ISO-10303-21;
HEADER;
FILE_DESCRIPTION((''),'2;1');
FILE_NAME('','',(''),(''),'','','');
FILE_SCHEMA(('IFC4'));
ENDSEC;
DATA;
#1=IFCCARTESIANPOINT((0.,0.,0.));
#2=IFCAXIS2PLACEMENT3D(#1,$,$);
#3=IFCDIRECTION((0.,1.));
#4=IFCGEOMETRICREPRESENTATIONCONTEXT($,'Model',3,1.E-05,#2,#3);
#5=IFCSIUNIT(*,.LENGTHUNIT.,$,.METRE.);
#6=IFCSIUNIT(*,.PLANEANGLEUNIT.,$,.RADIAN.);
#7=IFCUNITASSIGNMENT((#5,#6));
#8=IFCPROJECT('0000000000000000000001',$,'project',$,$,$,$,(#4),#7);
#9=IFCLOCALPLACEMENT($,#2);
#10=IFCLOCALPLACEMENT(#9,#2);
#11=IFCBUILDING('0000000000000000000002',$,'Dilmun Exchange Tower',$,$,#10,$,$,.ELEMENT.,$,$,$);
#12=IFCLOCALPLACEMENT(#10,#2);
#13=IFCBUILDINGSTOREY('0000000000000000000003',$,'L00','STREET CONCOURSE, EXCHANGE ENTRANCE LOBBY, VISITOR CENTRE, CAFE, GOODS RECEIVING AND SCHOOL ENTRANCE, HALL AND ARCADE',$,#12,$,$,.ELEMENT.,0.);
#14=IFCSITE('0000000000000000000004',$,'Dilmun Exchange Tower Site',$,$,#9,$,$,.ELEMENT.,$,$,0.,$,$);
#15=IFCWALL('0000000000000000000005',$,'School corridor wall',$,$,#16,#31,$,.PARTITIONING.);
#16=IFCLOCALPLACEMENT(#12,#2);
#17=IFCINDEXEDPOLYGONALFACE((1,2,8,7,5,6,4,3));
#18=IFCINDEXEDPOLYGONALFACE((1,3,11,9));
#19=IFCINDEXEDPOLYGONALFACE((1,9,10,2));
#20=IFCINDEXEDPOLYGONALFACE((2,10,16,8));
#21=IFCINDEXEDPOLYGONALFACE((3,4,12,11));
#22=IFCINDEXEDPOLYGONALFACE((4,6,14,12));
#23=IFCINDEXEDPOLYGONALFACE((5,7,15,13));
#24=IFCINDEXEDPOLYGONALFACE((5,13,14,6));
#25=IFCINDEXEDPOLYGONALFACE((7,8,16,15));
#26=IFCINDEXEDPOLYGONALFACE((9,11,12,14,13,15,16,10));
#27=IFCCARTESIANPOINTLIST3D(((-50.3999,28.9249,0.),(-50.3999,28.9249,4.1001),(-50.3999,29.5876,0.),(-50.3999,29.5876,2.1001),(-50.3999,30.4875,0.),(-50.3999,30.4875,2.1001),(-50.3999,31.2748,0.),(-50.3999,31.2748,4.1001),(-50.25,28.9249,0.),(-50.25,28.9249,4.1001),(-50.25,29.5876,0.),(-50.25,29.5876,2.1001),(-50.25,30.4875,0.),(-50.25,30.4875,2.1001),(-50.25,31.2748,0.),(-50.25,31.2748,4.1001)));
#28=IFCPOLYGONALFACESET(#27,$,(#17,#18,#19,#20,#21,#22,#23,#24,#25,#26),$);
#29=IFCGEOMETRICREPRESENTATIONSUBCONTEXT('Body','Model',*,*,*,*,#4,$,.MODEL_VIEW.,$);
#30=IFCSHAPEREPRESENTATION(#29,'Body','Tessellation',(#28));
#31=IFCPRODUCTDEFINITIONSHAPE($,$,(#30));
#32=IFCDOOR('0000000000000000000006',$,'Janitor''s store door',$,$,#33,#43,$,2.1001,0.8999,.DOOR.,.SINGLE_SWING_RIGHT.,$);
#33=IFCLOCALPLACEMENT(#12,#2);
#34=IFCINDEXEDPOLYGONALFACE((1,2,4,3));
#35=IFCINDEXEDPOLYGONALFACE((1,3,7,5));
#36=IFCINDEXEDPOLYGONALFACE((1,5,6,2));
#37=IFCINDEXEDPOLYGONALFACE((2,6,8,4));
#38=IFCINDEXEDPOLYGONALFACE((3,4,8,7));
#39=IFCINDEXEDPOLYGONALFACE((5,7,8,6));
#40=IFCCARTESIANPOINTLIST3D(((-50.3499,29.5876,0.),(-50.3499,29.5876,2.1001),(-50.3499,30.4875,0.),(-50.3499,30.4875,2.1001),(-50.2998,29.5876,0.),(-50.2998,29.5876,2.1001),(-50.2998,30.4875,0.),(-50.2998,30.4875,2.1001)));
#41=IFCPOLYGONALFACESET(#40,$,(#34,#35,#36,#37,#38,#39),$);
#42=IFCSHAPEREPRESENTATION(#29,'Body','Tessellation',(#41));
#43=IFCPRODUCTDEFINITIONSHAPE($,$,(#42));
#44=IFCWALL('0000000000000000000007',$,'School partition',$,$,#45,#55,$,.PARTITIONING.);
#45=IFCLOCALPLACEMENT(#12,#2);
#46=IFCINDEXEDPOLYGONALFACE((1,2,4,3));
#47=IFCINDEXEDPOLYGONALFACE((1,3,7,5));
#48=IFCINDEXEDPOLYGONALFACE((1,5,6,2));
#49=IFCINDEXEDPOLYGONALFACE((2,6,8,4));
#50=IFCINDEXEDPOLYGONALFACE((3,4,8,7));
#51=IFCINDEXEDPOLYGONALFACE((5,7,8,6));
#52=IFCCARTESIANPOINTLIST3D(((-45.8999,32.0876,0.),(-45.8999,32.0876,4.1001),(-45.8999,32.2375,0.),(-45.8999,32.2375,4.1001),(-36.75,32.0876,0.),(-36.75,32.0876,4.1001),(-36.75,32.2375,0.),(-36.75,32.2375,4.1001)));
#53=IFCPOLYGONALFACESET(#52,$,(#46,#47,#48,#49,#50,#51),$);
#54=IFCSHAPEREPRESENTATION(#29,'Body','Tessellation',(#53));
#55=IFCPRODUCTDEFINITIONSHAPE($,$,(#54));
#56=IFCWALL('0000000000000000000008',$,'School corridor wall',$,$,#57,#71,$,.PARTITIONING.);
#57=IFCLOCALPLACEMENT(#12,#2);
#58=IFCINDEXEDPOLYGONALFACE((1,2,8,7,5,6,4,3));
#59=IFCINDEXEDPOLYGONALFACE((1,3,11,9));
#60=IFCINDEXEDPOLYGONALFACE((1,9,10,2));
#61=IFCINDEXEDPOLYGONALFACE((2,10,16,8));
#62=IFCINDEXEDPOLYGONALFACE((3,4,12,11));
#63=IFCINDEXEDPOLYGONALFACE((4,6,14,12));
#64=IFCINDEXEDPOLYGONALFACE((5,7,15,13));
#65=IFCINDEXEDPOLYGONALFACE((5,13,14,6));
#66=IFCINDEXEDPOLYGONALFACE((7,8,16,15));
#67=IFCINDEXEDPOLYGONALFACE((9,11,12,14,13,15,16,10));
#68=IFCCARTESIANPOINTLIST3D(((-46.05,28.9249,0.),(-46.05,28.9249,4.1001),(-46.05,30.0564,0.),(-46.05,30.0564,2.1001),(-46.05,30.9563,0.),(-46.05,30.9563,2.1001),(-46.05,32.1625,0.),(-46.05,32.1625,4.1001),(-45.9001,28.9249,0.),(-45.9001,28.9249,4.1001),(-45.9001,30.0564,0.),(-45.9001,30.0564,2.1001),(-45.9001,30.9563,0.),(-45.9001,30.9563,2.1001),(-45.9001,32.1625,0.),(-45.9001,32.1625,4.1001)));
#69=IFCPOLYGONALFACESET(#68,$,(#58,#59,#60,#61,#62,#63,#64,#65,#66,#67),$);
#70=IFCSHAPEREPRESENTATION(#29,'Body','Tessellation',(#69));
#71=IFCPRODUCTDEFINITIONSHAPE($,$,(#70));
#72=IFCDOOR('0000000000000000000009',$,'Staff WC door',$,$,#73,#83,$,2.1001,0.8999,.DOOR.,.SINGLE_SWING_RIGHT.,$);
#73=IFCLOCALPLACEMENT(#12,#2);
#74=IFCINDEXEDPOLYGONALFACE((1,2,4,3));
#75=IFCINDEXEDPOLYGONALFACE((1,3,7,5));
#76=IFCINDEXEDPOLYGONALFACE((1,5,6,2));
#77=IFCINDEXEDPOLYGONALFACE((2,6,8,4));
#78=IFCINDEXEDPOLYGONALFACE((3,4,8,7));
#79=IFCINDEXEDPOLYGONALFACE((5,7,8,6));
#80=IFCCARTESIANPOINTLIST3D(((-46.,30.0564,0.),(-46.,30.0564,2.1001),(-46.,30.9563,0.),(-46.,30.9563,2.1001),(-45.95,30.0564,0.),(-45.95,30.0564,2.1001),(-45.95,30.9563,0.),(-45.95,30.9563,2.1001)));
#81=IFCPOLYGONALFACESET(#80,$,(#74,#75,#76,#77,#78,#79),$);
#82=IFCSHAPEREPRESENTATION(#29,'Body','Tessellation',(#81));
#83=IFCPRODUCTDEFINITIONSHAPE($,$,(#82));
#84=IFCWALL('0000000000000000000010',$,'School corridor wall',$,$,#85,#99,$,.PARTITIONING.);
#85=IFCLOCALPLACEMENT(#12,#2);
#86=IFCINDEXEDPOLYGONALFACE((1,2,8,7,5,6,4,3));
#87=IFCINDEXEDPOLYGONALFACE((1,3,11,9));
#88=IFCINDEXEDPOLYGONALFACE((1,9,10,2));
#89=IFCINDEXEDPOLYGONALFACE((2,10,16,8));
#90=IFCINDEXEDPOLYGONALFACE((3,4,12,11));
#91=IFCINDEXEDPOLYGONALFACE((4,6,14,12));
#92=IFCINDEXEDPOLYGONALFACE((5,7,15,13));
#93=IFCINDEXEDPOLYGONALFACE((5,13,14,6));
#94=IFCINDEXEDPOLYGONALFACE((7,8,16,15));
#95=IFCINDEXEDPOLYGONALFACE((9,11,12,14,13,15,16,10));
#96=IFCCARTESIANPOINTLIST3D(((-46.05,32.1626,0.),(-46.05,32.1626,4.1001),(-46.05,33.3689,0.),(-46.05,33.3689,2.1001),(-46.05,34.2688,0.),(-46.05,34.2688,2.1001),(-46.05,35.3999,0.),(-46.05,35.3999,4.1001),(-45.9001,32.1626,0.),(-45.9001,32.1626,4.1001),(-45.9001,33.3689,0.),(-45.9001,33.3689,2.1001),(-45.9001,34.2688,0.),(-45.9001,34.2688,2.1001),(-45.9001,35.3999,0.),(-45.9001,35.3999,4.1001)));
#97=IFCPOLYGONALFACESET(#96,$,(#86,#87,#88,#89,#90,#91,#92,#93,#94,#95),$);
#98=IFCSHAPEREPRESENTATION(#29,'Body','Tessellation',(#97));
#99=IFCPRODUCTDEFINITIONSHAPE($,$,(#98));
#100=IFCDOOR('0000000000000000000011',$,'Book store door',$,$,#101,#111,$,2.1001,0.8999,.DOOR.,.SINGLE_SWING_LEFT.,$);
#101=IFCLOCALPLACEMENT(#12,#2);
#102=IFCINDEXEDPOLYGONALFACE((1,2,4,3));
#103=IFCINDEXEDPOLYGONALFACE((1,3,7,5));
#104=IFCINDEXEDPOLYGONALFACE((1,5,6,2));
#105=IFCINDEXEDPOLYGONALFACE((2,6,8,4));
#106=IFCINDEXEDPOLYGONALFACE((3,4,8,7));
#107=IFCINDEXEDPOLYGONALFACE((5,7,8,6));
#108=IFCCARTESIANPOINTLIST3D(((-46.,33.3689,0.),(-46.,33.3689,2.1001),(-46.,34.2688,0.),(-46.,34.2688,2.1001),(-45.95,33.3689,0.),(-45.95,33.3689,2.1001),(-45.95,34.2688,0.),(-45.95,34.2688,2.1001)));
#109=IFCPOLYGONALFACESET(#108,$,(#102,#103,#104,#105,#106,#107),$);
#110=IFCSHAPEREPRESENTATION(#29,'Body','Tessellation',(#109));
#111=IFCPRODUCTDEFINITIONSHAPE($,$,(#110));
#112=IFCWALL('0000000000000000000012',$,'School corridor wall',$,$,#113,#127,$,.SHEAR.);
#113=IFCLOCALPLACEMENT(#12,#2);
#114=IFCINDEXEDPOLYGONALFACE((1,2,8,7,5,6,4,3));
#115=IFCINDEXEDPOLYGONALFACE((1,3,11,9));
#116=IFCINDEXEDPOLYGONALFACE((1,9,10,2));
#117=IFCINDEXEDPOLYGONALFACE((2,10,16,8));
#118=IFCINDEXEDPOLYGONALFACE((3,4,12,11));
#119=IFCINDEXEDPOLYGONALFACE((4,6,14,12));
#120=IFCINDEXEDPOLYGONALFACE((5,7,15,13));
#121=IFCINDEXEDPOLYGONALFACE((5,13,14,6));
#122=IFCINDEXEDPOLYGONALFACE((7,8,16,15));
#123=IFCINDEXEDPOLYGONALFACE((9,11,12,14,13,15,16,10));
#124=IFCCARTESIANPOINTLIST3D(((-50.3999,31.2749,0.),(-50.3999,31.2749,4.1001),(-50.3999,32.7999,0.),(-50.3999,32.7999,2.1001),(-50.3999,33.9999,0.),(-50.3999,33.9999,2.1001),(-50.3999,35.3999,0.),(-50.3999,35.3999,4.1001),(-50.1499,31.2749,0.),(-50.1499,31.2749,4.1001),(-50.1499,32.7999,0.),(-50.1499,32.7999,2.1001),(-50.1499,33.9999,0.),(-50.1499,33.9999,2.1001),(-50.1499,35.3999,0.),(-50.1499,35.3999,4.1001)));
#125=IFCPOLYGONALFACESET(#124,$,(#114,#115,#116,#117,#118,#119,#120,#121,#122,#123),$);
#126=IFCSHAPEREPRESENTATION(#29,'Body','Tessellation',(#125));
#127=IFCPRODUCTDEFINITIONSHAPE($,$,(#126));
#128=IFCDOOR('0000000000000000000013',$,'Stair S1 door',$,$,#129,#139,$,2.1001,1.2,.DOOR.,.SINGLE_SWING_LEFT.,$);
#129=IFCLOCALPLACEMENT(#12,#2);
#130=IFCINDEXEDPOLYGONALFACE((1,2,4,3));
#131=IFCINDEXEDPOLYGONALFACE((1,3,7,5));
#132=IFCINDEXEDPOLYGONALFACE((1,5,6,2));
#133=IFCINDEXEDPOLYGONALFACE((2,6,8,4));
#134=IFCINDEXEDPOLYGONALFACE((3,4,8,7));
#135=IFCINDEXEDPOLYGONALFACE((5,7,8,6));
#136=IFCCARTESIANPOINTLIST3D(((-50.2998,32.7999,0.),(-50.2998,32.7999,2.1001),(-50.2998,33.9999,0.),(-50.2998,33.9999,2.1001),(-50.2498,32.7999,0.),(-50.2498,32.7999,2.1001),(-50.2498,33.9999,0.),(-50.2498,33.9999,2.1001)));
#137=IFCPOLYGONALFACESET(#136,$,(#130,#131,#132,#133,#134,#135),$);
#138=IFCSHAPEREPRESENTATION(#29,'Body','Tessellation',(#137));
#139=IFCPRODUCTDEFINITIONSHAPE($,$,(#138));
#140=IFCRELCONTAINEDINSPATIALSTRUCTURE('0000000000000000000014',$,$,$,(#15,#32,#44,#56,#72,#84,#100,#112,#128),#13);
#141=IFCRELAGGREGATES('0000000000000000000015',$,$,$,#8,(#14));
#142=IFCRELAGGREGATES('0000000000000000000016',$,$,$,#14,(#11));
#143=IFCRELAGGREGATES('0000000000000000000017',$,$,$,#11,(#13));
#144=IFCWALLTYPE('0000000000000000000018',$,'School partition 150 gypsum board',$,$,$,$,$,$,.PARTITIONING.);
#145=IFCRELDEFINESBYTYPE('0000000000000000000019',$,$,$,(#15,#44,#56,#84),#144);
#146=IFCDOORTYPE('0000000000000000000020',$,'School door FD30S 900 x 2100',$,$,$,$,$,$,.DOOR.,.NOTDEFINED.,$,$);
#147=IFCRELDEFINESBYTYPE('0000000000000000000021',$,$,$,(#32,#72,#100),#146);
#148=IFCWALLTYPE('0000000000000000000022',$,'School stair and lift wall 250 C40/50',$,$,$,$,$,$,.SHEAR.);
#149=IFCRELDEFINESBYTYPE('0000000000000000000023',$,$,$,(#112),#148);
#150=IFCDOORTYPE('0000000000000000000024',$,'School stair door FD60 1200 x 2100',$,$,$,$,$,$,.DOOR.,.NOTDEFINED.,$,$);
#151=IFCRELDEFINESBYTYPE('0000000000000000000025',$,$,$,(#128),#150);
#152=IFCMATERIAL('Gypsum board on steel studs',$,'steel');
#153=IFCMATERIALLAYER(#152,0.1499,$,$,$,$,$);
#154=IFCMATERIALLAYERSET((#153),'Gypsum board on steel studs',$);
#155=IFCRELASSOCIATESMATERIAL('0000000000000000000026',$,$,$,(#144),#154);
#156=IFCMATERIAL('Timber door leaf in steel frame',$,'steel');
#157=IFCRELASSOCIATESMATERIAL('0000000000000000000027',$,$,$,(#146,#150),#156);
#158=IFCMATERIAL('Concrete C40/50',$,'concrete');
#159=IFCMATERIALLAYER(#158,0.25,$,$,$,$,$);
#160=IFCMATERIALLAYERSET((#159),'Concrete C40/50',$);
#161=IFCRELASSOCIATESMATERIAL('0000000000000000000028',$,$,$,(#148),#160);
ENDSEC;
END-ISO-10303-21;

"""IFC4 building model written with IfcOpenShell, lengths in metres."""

from ifc_helpers import new_model, si_unit, direction, frame, frame_2d, origin, place, context, subcontext, project, spatial, rectangle, extrude, material, layer, layer_set, type_object, element, fill, save


model = new_model("IFC4")

# Units and contexts
model_context = context("Model", 3, precision=1e-05, world=origin(), true_north=direction((0.0, 1.0)))
body_context = subcontext(model_context, "Body", "Model", "MODEL_VIEW")
ifc_project = project(units=[si_unit("LENGTHUNIT", "METRE"), si_unit("PLANEANGLEUNIT", "RADIAN")], contexts=[model_context])

# Site, building, storey
site_placement = place(None, origin())
site = spatial("IfcSite", under=ifc_project, at=site_placement, Name="Dilmun Exchange Tower Site", CompositionType="ELEMENT", RefElevation=0.0)
building_placement = place(site_placement, origin())
building = spatial("IfcBuilding", under=site, at=building_placement, Name="Dilmun Exchange Tower", CompositionType="ELEMENT")
storey_placement = place(building_placement, origin())
storey = spatial("IfcBuildingStorey", under=building, at=storey_placement, Name="L00", Description="STREET CONCOURSE, EXCHANGE ENTRANCE LOBBY, VISITOR CENTRE, CAFE, GOODS RECEIVING AND SCHOOL ENTRANCE, HALL AND ARCADE", CompositionType="ELEMENT", Elevation=0.0)

# Shared definitions
ifc_material_1 = material(Name="Concrete C40/50", Category="concrete")

# Shared definitions
ifc_material_2 = material(Name="Gypsum board on steel studs", Category="steel")

# Wall, opening, door
ifc_layer_1 = layer(ifc_material_2, 0.1499)
ifc_layer_set_1 = layer_set([ifc_layer_1], Name="Gypsum board on steel studs")
wall_type_1 = type_object("IfcWallType", Name="School partition 150 gypsum board", PredefinedType="PARTITIONING", material=ifc_layer_set_1)
wall_1_placement = place(storey_placement, frame((-50.325, 28.925, 0.0), z_axis=(0.0, 0.0, 1.0), x_axis=(0.0, 1.0, 0.0)))
wall_1 = element("IfcWall", 1, at=wall_1_placement, inside=storey, type_object=wall_type_1, Name="School corridor wall", PredefinedType="PARTITIONING", context=body_context, shape_type="SweptSolid", body=[
    extrude(rectangle(XDim=2.3499, YDim=0.1499, at=frame_2d((1.1748, 0.0))), origin(), (0.0, 0.0, 1.0), 4.1001),
])
opening_1_placement = place(wall_1_placement, frame((0.6626, 0.0, 0.0)))
opening_1 = element("IfcOpeningElement", 2, at=opening_1_placement, cuts=wall_1, PredefinedType="OPENING", context=body_context, shape_type="SweptSolid", body=[
    extrude(rectangle(XDim=0.8999, YDim=2.1001, at=frame_2d((0.45, 1.05))), frame((0.0, 0.085, 0.0), z_axis=(0.0, -1.0, 0.0), x_axis=(1.0, 0.0, 0.0)), (0.0, 0.0, 1.0), 0.1699),
])
ifc_material_3 = material(Name="Timber door leaf in steel frame", Category="steel")
door_type_1 = type_object("IfcDoorType", Name="School door FD30S 900 x 2100", OperationType="NOTDEFINED", PredefinedType="DOOR", material=ifc_material_3)
door_1_placement = place(opening_1_placement, origin())
door_1 = element("IfcDoor", 3, at=door_1_placement, inside=storey, type_object=door_type_1, Name="Janitor's store door", OperationType="SINGLE_SWING_RIGHT", OverallHeight=2.1001, OverallWidth=0.8999, PredefinedType="DOOR", context=body_context, shape_type="SweptSolid", body=[
    extrude(rectangle(XDim=0.8999, YDim=2.1001, at=frame_2d((0.45, 1.05))), frame((0.0, 0.0249, 0.0), z_axis=(0.0, -1.0, 0.0), x_axis=(1.0, 0.0, 0.0)), (0.0, 0.0, 1.0), 0.05),
])
fill(opening_1, door_1)

# Wall
wall_2_placement = place(storey_placement, frame((-45.8999, 32.1626, 0.0), z_axis=(0.0, 0.0, 1.0), x_axis=(1.0, 0.0, 0.0)))
element("IfcWall", 4, at=wall_2_placement, inside=storey, type_object=wall_type_1, Name="School partition", PredefinedType="PARTITIONING", context=body_context, shape_type="SweptSolid", body=[
    extrude(rectangle(XDim=9.1499, YDim=0.1499, at=frame_2d((4.575, 0.0))), origin(), (0.0, 0.0, 1.0), 4.1001),
])

# Walls, openings, doors
wall_3_placement = place(storey_placement, frame((-45.9751, 28.925, 0.0), z_axis=(0.0, 0.0, 1.0), x_axis=(0.0, 1.0, 0.0)))
wall_3 = element("IfcWall", 5, at=wall_3_placement, inside=storey, type_object=wall_type_1, Name="School corridor wall", PredefinedType="PARTITIONING", context=body_context, shape_type="SweptSolid", body=[
    extrude(rectangle(XDim=3.2375, YDim=0.1499, at=frame_2d((1.6187, 0.0))), origin(), (0.0, 0.0, 1.0), 4.1001),
])
opening_2_placement = place(wall_3_placement, frame((1.1313, 0.0, 0.0)))
opening_2 = element("IfcOpeningElement", 6, at=opening_2_placement, cuts=wall_3, PredefinedType="OPENING", context=body_context, shape_type="SweptSolid", body=[
    extrude(rectangle(XDim=0.8999, YDim=2.1001, at=frame_2d((0.45, 1.05))), frame((0.0, 0.085, 0.0), z_axis=(0.0, -1.0, 0.0), x_axis=(1.0, 0.0, 0.0)), (0.0, 0.0, 1.0), 0.1699),
])
door_2_placement = place(opening_2_placement, origin())
door_2 = element("IfcDoor", 7, at=door_2_placement, inside=storey, type_object=door_type_1, Name="Staff WC door", OperationType="SINGLE_SWING_RIGHT", OverallHeight=2.1001, OverallWidth=0.8999, PredefinedType="DOOR", context=body_context, shape_type="SweptSolid", body=[
    extrude(rectangle(XDim=0.8999, YDim=2.1001, at=frame_2d((0.45, 1.05))), frame((0.0, 0.0249, 0.0), z_axis=(0.0, -1.0, 0.0), x_axis=(1.0, 0.0, 0.0)), (0.0, 0.0, 1.0), 0.05),
])
fill(opening_2, door_2)
wall_4_placement = place(storey_placement, frame((-45.9751, 32.1626, 0.0), z_axis=(0.0, 0.0, 1.0), x_axis=(0.0, 1.0, 0.0)))
wall_4 = element("IfcWall", 8, at=wall_4_placement, inside=storey, type_object=wall_type_1, Name="School corridor wall", PredefinedType="PARTITIONING", context=body_context, shape_type="SweptSolid", body=[
    extrude(rectangle(XDim=3.2373, YDim=0.1499, at=frame_2d((1.6187, 0.0))), origin(), (0.0, 0.0, 1.0), 4.1001),
])
opening_3_placement = place(wall_4_placement, frame((1.2063, 0.0, 0.0)))
opening_3 = element("IfcOpeningElement", 9, at=opening_3_placement, cuts=wall_4, PredefinedType="OPENING", context=body_context, shape_type="SweptSolid", body=[
    extrude(rectangle(XDim=0.8999, YDim=2.1001, at=frame_2d((0.45, 1.05))), frame((0.0, 0.085, 0.0), z_axis=(0.0, -1.0, 0.0), x_axis=(1.0, 0.0, 0.0)), (0.0, 0.0, 1.0), 0.1699),
])
door_3_placement = place(opening_3_placement, origin())
door_3 = element("IfcDoor", 10, at=door_3_placement, inside=storey, type_object=door_type_1, Name="Book store door", OperationType="SINGLE_SWING_LEFT", OverallHeight=2.1001, OverallWidth=0.8999, PredefinedType="DOOR", context=body_context, shape_type="SweptSolid", body=[
    extrude(rectangle(XDim=0.8999, YDim=2.1001, at=frame_2d((0.45, 1.05))), frame((0.0, 0.0249, 0.0), z_axis=(0.0, -1.0, 0.0), x_axis=(1.0, 0.0, 0.0)), (0.0, 0.0, 1.0), 0.05),
])
fill(opening_3, door_3)
ifc_layer_2 = layer(ifc_material_1, 0.25)
ifc_layer_set_2 = layer_set([ifc_layer_2], Name="Concrete C40/50")
wall_type_2 = type_object("IfcWallType", Name="School stair and lift wall 250 C40/50", PredefinedType="SHEAR", material=ifc_layer_set_2)
wall_5_placement = place(storey_placement, frame((-50.2749, 31.2749, 0.0), z_axis=(0.0, 0.0, 1.0), x_axis=(0.0, 1.0, 0.0)))
wall_5 = element("IfcWall", 11, at=wall_5_placement, inside=storey, type_object=wall_type_2, Name="School corridor wall", PredefinedType="SHEAR", context=body_context, shape_type="SweptSolid", body=[
    extrude(rectangle(XDim=4.125, YDim=0.25, at=frame_2d((2.0625, 0.0))), origin(), (0.0, 0.0, 1.0), 4.1001),
])
opening_4_placement = place(wall_5_placement, frame((1.5249, 0.0, 0.0)))
opening_4 = element("IfcOpeningElement", 12, at=opening_4_placement, cuts=wall_5, PredefinedType="OPENING", context=body_context, shape_type="SweptSolid", body=[
    extrude(rectangle(XDim=1.2, YDim=2.1001, at=frame_2d((0.6001, 1.05))), frame((0.0, 0.135, 0.0), z_axis=(0.0, -1.0, 0.0), x_axis=(1.0, 0.0, 0.0)), (0.0, 0.0, 1.0), 0.27),
])
door_type_2 = type_object("IfcDoorType", Name="School stair door FD60 1200 x 2100", OperationType="NOTDEFINED", PredefinedType="DOOR", material=ifc_material_3)
door_4_placement = place(opening_4_placement, origin())
door_4 = element("IfcDoor", 13, at=door_4_placement, inside=storey, type_object=door_type_2, Name="Stair S1 door", OperationType="SINGLE_SWING_LEFT", OverallHeight=2.1001, OverallWidth=1.2, PredefinedType="DOOR", context=body_context, shape_type="SweptSolid", body=[
    extrude(rectangle(XDim=1.2, YDim=2.1001, at=frame_2d((0.6001, 1.05))), frame((0.0, 0.0249, 0.0), z_axis=(0.0, -1.0, 0.0), x_axis=(1.0, 0.0, 0.0)), (0.0, 0.0, 1.0), 0.05),
])
fill(opening_4, door_4)

save(model, "model.ifc")
